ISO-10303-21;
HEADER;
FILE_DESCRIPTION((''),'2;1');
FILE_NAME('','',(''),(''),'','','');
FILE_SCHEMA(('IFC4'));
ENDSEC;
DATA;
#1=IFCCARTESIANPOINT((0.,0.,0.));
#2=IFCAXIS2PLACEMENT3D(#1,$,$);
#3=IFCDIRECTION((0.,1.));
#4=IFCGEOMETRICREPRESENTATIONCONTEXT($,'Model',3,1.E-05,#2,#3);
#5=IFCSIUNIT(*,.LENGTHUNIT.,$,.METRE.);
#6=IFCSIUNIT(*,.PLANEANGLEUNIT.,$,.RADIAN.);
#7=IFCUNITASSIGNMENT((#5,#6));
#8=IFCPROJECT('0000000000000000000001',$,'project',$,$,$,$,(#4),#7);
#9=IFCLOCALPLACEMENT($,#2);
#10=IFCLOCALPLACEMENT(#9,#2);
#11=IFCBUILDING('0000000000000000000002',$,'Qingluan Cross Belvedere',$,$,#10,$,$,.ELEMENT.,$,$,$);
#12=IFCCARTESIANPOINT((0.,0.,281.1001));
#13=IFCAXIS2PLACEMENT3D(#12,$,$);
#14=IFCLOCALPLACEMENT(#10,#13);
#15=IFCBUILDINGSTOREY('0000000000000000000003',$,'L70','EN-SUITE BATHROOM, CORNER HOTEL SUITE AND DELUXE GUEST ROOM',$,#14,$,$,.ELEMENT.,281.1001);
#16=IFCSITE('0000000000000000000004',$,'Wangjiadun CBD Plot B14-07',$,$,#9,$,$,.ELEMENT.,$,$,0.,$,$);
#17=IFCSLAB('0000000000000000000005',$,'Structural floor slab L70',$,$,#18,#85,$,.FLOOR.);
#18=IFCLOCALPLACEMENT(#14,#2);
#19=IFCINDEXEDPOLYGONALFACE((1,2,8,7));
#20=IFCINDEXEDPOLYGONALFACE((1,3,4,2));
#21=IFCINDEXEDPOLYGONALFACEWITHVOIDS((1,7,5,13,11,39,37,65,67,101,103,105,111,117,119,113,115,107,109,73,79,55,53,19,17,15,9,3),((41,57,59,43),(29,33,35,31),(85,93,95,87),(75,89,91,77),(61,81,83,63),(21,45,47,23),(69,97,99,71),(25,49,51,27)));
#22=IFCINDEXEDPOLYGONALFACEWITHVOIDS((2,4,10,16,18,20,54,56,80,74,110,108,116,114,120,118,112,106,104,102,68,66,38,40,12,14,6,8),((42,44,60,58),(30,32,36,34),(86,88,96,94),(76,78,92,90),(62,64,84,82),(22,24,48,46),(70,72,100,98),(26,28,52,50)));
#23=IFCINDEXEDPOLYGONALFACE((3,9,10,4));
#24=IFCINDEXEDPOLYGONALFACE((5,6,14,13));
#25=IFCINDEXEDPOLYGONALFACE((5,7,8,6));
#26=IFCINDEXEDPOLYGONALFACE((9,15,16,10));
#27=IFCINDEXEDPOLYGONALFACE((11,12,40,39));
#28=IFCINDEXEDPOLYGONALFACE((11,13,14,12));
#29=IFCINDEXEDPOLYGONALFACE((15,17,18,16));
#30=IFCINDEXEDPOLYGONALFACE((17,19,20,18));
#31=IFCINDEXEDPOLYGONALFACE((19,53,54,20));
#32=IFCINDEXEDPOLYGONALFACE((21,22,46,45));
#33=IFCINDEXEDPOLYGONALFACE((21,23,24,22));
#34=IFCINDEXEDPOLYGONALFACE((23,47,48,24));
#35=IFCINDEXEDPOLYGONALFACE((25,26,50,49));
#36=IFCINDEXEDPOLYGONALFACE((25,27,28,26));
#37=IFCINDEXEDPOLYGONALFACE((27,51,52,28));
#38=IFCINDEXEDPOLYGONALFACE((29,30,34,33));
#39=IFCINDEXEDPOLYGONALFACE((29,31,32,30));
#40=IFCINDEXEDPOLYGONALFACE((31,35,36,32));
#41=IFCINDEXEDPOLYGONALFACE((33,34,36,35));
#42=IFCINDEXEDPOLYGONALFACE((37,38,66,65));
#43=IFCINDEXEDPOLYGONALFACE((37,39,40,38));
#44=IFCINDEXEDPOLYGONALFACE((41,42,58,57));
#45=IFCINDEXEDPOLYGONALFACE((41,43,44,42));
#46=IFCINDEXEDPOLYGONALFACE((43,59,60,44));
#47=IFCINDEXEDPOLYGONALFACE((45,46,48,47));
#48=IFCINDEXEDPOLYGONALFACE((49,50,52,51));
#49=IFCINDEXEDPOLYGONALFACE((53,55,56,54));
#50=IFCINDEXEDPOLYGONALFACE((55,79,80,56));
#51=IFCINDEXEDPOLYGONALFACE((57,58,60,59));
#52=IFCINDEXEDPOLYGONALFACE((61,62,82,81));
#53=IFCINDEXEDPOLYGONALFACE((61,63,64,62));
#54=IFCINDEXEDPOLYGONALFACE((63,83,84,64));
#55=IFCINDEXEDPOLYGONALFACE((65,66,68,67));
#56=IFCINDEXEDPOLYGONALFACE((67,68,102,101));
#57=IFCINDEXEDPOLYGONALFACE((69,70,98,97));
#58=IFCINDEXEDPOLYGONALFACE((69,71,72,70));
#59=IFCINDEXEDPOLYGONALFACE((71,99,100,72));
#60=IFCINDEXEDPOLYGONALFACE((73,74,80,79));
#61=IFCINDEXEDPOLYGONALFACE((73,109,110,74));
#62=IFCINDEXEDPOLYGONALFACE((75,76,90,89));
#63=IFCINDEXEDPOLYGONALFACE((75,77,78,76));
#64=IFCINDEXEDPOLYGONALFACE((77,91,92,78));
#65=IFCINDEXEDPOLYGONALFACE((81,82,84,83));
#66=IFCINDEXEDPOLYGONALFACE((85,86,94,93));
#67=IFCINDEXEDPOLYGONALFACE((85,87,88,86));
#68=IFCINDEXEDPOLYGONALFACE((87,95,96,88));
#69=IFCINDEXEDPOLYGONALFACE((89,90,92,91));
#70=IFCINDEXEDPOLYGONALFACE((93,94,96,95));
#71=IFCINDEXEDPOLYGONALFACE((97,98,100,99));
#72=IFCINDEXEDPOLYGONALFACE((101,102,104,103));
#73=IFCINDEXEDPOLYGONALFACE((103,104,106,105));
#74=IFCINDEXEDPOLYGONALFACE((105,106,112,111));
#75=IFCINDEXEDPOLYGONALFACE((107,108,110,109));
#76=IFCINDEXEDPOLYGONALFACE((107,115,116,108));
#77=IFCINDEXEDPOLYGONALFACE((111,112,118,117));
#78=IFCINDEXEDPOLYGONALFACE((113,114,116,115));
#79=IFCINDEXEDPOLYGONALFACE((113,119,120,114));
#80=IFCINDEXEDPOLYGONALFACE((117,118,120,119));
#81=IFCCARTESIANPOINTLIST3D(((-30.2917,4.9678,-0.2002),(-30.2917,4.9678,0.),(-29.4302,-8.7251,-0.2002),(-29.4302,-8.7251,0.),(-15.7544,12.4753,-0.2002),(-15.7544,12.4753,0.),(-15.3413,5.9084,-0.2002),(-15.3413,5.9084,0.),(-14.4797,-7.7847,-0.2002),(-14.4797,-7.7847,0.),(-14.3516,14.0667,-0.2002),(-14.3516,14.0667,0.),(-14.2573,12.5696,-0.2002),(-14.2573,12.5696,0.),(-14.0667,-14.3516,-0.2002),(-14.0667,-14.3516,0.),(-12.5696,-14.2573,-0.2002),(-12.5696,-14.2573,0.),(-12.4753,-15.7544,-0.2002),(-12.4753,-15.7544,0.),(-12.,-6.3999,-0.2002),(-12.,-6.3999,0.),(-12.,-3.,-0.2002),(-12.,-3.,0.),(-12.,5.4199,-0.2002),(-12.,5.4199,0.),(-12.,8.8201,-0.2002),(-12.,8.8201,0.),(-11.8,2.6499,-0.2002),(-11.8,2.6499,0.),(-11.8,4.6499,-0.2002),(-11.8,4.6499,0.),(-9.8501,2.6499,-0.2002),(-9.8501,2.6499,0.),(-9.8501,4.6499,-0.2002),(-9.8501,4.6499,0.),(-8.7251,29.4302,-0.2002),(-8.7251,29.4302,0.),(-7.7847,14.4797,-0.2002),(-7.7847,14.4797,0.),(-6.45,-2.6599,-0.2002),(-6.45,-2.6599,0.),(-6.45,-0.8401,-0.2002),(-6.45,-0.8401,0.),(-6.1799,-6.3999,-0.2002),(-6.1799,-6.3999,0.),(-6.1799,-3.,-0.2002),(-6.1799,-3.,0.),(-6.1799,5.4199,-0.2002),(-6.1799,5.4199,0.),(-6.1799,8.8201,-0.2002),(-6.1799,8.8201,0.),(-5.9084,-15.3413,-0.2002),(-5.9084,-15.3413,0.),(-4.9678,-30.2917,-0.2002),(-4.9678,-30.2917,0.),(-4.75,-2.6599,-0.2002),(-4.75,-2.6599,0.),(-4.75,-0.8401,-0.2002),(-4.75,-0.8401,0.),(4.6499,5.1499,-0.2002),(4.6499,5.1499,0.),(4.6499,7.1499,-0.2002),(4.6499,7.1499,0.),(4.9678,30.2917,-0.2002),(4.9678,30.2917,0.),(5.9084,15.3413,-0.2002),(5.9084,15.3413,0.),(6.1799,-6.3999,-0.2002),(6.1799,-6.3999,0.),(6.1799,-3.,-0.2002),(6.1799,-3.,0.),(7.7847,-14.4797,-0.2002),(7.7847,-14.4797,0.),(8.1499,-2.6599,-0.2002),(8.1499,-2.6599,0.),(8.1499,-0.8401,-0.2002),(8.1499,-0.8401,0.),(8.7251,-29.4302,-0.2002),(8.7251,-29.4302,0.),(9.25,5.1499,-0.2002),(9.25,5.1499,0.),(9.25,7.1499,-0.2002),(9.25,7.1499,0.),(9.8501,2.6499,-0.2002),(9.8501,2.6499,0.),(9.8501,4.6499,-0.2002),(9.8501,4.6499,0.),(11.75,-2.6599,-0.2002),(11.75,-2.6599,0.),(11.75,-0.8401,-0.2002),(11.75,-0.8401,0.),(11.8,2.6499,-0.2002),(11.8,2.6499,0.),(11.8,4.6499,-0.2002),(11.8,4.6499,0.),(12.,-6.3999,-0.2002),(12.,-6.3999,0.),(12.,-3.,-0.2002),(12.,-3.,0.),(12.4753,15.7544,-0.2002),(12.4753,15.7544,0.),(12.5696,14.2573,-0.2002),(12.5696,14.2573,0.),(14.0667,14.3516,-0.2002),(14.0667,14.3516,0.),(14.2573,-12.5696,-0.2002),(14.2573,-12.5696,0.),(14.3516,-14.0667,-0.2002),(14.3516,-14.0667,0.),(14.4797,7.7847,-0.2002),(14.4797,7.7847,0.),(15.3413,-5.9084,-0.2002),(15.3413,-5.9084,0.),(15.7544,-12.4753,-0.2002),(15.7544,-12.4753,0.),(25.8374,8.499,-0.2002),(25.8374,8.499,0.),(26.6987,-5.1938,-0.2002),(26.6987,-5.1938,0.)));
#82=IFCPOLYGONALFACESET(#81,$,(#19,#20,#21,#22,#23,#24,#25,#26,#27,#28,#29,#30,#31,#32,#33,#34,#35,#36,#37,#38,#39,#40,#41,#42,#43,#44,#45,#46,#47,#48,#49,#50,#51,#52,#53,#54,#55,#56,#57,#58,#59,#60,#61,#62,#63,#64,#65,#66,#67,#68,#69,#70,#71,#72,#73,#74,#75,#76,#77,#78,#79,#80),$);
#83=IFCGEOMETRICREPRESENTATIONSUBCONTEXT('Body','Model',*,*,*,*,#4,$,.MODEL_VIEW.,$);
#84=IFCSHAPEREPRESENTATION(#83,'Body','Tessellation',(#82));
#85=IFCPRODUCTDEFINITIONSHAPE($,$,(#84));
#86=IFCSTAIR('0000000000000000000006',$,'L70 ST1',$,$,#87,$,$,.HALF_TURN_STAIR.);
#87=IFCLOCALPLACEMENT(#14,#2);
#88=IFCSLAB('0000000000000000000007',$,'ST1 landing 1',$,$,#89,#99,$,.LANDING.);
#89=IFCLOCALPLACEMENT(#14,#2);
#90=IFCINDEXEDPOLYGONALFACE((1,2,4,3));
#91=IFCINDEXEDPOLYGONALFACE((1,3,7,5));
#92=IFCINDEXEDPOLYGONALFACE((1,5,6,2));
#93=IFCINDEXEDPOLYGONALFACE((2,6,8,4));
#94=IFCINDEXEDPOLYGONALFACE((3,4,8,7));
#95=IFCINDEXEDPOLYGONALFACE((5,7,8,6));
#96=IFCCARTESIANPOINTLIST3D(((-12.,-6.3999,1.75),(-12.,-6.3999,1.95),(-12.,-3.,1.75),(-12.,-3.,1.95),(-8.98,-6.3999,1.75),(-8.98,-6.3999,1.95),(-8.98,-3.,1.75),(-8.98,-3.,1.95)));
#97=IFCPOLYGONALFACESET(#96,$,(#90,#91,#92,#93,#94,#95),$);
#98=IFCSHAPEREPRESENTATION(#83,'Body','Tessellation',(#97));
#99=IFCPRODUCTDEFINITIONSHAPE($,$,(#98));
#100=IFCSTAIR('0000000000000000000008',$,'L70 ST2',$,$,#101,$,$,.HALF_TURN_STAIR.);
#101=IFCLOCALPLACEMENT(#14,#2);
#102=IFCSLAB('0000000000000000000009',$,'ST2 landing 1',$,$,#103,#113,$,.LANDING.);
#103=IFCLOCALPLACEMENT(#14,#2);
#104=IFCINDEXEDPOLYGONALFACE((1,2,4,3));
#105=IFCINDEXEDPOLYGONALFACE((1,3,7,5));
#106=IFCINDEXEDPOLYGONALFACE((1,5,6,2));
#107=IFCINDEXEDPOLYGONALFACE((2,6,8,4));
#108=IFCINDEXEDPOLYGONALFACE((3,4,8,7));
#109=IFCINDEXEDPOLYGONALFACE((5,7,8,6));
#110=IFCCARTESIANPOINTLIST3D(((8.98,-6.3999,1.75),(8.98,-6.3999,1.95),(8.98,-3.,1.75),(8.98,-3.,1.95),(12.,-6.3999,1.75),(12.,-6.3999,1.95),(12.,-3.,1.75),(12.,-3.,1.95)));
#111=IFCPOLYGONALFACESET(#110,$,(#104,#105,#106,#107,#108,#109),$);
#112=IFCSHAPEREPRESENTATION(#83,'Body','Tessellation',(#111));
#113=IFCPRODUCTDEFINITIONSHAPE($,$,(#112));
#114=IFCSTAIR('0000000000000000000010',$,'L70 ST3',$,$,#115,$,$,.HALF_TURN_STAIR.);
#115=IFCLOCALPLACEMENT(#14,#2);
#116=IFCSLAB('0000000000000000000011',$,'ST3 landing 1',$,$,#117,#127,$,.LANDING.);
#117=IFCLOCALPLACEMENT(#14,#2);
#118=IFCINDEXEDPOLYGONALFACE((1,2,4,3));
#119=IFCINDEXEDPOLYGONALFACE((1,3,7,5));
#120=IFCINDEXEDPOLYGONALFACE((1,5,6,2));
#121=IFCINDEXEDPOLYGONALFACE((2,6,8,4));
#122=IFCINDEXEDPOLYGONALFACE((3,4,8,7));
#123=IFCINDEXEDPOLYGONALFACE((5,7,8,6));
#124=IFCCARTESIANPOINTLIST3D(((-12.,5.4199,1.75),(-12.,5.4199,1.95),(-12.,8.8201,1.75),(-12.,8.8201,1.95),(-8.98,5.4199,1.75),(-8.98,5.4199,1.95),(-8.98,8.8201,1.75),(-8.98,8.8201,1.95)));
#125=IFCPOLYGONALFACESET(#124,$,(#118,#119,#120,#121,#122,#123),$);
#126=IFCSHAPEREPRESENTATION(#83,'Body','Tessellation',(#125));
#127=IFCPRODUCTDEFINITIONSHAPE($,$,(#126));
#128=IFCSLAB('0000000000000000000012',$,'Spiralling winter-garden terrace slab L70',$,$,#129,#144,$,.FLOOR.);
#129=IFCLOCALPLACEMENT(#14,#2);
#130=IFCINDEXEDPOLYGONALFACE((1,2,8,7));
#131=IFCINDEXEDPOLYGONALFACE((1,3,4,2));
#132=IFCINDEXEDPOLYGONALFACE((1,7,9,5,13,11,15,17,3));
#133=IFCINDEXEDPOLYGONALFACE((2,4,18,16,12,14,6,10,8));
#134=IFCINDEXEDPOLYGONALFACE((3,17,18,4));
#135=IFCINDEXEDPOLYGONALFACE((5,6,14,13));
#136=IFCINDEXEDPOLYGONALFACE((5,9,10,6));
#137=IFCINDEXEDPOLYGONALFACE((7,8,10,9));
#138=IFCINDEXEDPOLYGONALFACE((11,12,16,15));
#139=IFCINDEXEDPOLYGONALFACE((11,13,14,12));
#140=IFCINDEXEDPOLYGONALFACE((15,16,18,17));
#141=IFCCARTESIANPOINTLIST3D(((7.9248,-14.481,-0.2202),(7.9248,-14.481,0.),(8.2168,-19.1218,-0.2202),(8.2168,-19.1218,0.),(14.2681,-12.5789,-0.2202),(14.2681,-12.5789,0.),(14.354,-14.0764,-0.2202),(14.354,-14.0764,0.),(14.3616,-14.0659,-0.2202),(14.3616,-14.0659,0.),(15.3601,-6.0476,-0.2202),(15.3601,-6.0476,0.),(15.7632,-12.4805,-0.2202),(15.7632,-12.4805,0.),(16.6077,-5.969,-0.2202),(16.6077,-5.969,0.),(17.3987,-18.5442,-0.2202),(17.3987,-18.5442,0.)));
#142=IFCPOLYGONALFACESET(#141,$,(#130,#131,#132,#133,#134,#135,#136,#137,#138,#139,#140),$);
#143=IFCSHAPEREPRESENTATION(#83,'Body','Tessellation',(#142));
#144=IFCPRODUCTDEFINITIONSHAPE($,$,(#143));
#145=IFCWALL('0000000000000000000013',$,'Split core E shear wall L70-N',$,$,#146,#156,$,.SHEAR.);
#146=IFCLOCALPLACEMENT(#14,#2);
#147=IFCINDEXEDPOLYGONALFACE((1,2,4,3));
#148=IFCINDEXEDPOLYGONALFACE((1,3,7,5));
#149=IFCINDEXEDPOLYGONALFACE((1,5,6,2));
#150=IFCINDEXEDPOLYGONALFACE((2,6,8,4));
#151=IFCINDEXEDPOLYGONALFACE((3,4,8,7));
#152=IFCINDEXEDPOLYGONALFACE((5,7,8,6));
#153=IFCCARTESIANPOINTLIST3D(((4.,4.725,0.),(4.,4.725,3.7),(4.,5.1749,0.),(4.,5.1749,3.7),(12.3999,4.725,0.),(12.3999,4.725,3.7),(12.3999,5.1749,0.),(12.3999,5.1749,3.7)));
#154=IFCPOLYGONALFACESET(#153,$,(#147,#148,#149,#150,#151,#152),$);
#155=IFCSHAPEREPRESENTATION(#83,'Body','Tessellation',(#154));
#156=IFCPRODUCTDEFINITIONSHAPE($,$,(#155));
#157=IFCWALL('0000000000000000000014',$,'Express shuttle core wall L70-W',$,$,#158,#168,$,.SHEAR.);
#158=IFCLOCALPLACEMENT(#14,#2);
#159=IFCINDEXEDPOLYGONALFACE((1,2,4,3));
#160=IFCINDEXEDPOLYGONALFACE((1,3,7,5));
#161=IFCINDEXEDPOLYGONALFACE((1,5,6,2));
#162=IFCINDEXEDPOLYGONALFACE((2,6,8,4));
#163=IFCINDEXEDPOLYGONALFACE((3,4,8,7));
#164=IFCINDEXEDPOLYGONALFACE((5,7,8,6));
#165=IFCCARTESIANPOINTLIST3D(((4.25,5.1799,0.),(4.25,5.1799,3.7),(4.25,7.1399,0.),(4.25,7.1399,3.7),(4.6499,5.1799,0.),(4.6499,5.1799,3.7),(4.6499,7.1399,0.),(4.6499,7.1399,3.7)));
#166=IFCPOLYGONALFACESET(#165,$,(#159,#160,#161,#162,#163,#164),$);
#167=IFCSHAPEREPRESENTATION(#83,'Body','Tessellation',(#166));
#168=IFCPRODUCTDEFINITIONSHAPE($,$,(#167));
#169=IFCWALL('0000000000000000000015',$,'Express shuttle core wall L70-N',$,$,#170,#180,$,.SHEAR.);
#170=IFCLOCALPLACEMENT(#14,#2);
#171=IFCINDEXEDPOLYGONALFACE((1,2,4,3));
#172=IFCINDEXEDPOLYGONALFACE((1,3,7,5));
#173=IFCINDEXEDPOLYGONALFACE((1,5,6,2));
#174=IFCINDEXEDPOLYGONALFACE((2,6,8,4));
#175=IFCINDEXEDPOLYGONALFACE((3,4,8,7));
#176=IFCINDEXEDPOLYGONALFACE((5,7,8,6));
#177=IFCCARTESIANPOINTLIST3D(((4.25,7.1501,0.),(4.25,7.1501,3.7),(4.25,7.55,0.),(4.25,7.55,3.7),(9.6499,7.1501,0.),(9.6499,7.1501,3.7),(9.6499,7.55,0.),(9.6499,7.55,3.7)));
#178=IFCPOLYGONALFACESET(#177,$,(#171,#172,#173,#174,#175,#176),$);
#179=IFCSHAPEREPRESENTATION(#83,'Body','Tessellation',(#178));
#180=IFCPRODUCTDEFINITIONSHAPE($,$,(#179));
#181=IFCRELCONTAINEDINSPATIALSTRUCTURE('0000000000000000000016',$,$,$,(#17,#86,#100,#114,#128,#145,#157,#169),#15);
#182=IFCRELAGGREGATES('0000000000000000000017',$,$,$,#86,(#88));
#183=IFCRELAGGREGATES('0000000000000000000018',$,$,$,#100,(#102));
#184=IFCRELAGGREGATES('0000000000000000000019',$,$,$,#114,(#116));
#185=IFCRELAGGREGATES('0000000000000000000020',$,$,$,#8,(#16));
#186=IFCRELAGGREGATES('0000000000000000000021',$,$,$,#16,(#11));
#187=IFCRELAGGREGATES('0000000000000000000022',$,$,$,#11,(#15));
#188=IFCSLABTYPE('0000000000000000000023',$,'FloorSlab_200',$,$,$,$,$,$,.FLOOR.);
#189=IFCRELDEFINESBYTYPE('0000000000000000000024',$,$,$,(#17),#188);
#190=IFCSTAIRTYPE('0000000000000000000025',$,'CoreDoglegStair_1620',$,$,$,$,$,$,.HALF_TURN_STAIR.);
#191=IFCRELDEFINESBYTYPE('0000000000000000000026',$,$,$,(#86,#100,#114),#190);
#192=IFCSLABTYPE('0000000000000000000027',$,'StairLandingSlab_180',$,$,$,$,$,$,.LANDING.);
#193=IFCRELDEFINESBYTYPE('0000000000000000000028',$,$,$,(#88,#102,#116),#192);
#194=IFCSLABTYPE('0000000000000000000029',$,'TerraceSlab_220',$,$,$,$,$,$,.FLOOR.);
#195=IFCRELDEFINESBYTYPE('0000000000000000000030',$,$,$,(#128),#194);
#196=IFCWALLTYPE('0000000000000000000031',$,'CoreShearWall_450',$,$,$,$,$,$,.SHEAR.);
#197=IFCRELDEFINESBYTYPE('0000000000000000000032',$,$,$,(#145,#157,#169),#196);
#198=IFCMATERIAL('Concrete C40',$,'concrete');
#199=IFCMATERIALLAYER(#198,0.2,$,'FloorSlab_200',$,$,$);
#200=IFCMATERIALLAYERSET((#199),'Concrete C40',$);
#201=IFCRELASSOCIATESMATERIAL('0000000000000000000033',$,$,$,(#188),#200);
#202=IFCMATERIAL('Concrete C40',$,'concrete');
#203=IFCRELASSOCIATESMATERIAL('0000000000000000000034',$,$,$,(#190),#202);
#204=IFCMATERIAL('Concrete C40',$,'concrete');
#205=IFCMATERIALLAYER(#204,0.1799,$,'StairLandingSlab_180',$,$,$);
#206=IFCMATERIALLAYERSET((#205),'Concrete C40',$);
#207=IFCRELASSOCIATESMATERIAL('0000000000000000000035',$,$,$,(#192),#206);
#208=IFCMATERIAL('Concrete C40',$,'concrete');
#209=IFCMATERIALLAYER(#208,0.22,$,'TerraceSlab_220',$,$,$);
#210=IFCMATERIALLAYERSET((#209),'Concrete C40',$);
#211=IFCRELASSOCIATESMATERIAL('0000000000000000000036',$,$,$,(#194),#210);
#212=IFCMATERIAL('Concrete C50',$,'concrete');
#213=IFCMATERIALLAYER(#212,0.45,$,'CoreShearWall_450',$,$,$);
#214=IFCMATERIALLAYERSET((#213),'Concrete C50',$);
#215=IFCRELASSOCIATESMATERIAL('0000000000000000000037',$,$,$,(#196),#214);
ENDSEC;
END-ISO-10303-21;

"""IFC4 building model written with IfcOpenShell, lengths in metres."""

from ifc_helpers import new_model, si_unit, direction, frame, frame_2d, origin, place, context, subcontext, project, spatial, polyline, rectangle, outline, extrude, material, layer, layer_set, type_object, element, aggregate, save


model = new_model("IFC4")

# Units and contexts
model_context = context("Model", 3, precision=1e-05, world=origin(), true_north=direction((0.0, 1.0)))
body_context = subcontext(model_context, "Body", "Model", "MODEL_VIEW")
ifc_project = project(units=[si_unit("LENGTHUNIT", "METRE"), si_unit("PLANEANGLEUNIT", "RADIAN")], contexts=[model_context])

# Site, building, storey
site_placement = place(None, origin())
site = spatial("IfcSite", under=ifc_project, at=site_placement, Name="Wangjiadun CBD Plot B14-07", CompositionType="ELEMENT", RefElevation=0.0)
building_placement = place(site_placement, origin())
building = spatial("IfcBuilding", under=site, at=building_placement, Name="Qingluan Cross Belvedere", CompositionType="ELEMENT")
storey_placement = place(building_placement, frame((0.0, 0.0, 281.1001)))
storey = spatial("IfcBuildingStorey", under=building, at=storey_placement, Name="L70", Description="EN-SUITE BATHROOM, CORNER HOTEL SUITE AND DELUXE GUEST ROOM", CompositionType="ELEMENT", Elevation=281.1001)

# Slab
ifc_material_1 = material(Name="Concrete C40", Category="concrete")
ifc_layer_1 = layer(ifc_material_1, 0.2, Name="FloorSlab_200")
ifc_layer_set_1 = layer_set([ifc_layer_1], Name="Concrete C40")
slab_type_1 = type_object("IfcSlabType", Name="FloorSlab_200", PredefinedType="FLOOR", material=ifc_layer_set_1)
slab_1_placement = place(storey_placement, frame((0.0, 0.0, -0.2002)))
element("IfcSlab", 1, at=slab_1_placement, inside=storey, type_object=slab_type_1, Name="Structural floor slab L70", PredefinedType="FLOOR", context=body_context, shape_type="SweptSolid", body=[
    extrude(outline(polyline([(8.7251, -29.4302), (7.7847, -14.4797), (14.3516, -14.0667), (14.2573, -12.5696), (15.7544, -12.4753), (15.3413, -5.9084), (26.6987, -5.1938), (25.8374, 8.499), (14.4797, 7.7847), (14.0667, 14.3516), (12.5696, 14.2573), (12.4753, 15.7544), (5.9084, 15.3413), (4.9678, 30.2917), (-8.7251, 29.4302), (-7.7847, 14.4797), (-14.3516, 14.0667), (-14.2573, 12.5696), (-15.7544, 12.4753), (-15.3413, 5.9084), (-30.2917, 4.9678), (-29.4302, -8.7251), (-14.4797, -7.7847), (-14.0667, -14.3516), (-12.5696, -14.2573), (-12.4753, -15.7544), (-5.9084, -15.3413), (-4.9678, -30.2917), (8.7251, -29.4302)]), holes=[polyline([(-12.0, -3.0), (-6.1799, -3.0), (-6.1799, -6.3999), (-12.0, -6.3999), (-12.0, -3.0)]), polyline([(6.1799, -3.0), (12.0, -3.0), (12.0, -6.3999), (6.1799, -6.3999), (6.1799, -3.0)]), polyline([(-12.0, 8.8201), (-6.1799, 8.8201), (-6.1799, 5.4199), (-12.0, 5.4199), (-12.0, 8.8201)]), polyline([(-11.8, 4.6499), (-9.8501, 4.6499), (-9.8501, 2.6499), (-11.8, 2.6499), (-11.8, 4.6499)]), polyline([(9.8501, 4.6499), (11.8, 4.6499), (11.8, 2.6499), (9.8501, 2.6499), (9.8501, 4.6499)]), polyline([(-6.45, -0.8401), (-4.75, -0.8401), (-4.75, -2.6599), (-6.45, -2.6599), (-6.45, -0.8401)]), polyline([(8.1499, -0.8401), (11.75, -0.8401), (11.75, -2.6599), (8.1499, -2.6599), (8.1499, -0.8401)]), polyline([(4.6499, 7.1499), (9.25, 7.1499), (9.25, 5.1499), (4.6499, 5.1499), (4.6499, 7.1499)])]), origin(), (0.0, 0.0, 1.0), 0.2002),
])

# Stairs, slabs
ifc_material_2 = material(Name="Concrete C40", Category="concrete")
stair_type = type_object("IfcStairType", Name="CoreDoglegStair_1620", PredefinedType="HALF_TURN_STAIR", material=ifc_material_2)
stair_1_placement = place(storey_placement, origin())
stair_1 = element("IfcStair", 2, at=stair_1_placement, inside=storey, type_object=stair_type, Name="L70 ST1", PredefinedType="HALF_TURN_STAIR")
ifc_material_3 = material(Name="Concrete C40", Category="concrete")
ifc_layer_2 = layer(ifc_material_3, 0.1799, Name="StairLandingSlab_180")
ifc_layer_set_2 = layer_set([ifc_layer_2], Name="Concrete C40")
slab_type_2 = type_object("IfcSlabType", Name="StairLandingSlab_180", PredefinedType="LANDING", material=ifc_layer_set_2)
slab_2_placement = place(storey_placement, frame((0.0, 0.0, 1.75)))
slab_2 = element("IfcSlab", 3, at=slab_2_placement, type_object=slab_type_2, Name="ST1 landing 1", PredefinedType="LANDING", context=body_context, shape_type="SweptSolid", body=[
    extrude(outline(polyline([(-8.98, -3.0), (-12.0, -3.0), (-12.0, -6.3999), (-8.98, -6.3999), (-8.98, -3.0)])), origin(), (0.0, 0.0, 1.0), 0.2),
])
aggregate(stair_1, [slab_2])
stair_2_placement = place(storey_placement, origin())
stair_2 = element("IfcStair", 4, at=stair_2_placement, inside=storey, type_object=stair_type, Name="L70 ST2", PredefinedType="HALF_TURN_STAIR")
slab_3_placement = place(storey_placement, frame((0.0, 0.0, 1.75)))
slab_3 = element("IfcSlab", 5, at=slab_3_placement, type_object=slab_type_2, Name="ST2 landing 1", PredefinedType="LANDING", context=body_context, shape_type="SweptSolid", body=[
    extrude(outline(polyline([(8.98, -6.3999), (12.0, -6.3999), (12.0, -3.0), (8.98, -3.0), (8.98, -6.3999)])), origin(), (0.0, 0.0, 1.0), 0.2),
])
aggregate(stair_2, [slab_3])
stair_3_placement = place(storey_placement, origin())
stair_3 = element("IfcStair", 6, at=stair_3_placement, inside=storey, type_object=stair_type, Name="L70 ST3", PredefinedType="HALF_TURN_STAIR")
slab_4_placement = place(storey_placement, frame((0.0, 0.0, 1.75)))
slab_4 = element("IfcSlab", 7, at=slab_4_placement, type_object=slab_type_2, Name="ST3 landing 1", PredefinedType="LANDING", context=body_context, shape_type="SweptSolid", body=[
    extrude(outline(polyline([(-8.98, 8.8201), (-12.0, 8.8201), (-12.0, 5.4199), (-8.98, 5.4199), (-8.98, 8.8201)])), origin(), (0.0, 0.0, 1.0), 0.2),
])
aggregate(stair_3, [slab_4])

# Slab
ifc_material_4 = material(Name="Concrete C40", Category="concrete")
ifc_layer_3 = layer(ifc_material_4, 0.22, Name="TerraceSlab_220")
ifc_layer_set_3 = layer_set([ifc_layer_3], Name="Concrete C40")
slab_type_3 = type_object("IfcSlabType", Name="TerraceSlab_220", PredefinedType="FLOOR", material=ifc_layer_set_3)
slab_5_placement = place(storey_placement, frame((0.0, 0.0, -0.2202)))
element("IfcSlab", 8, at=slab_5_placement, inside=storey, type_object=slab_type_3, Name="Spiralling winter-garden terrace slab L70", PredefinedType="FLOOR", context=body_context, shape_type="SweptSolid", body=[
    extrude(outline(polyline([(15.3601, -6.0476), (15.7632, -12.4805), (14.2681, -12.5789), (14.3616, -14.0659), (14.354, -14.0764), (7.9248, -14.481), (8.2168, -19.1218), (17.3987, -18.5442), (16.6077, -5.969), (15.3601, -6.0476)])), origin(), (0.0, 0.0, 1.0), 0.2202),
])

# Walls
ifc_material_5 = material(Name="Concrete C50", Category="concrete")
ifc_layer_4 = layer(ifc_material_5, 0.45, Name="CoreShearWall_450")
ifc_layer_set_4 = layer_set([ifc_layer_4], Name="Concrete C50")
wall_type_1 = type_object("IfcWallType", Name="CoreShearWall_450", PredefinedType="SHEAR", material=ifc_layer_set_4)
wall_1_placement = place(storey_placement, frame((4.0, 4.95, 0.0), z_axis=(0.0, 0.0, 1.0), x_axis=(1.0, 0.0, 0.0)))
element("IfcWall", 9, at=wall_1_placement, inside=storey, type_object=wall_type_1, Name="Split core E shear wall L70-N", PredefinedType="SHEAR", context=body_context, shape_type="SweptSolid", body=[
    extrude(rectangle(XDim=8.3999, YDim=0.45, at=frame_2d((4.2, 0.0))), origin(), (0.0, 0.0, 1.0), 3.7),
])
wall_2_placement = place(storey_placement, frame((4.45, 5.1799, 0.0), z_axis=(0.0, 0.0, 1.0), x_axis=(0.0, 1.0, 0.0)))
element("IfcWall", 10, at=wall_2_placement, inside=storey, type_object=wall_type_1, Name="Express shuttle core wall L70-W", PredefinedType="SHEAR", context=body_context, shape_type="SweptSolid", body=[
    extrude(rectangle(XDim=1.96, YDim=0.3999, at=frame_2d((0.98, 0.0))), origin(), (0.0, 0.0, 1.0), 3.7),
])
wall_3_placement = place(storey_placement, frame((4.25, 7.3501, 0.0), z_axis=(0.0, 0.0, 1.0), x_axis=(1.0, 0.0, 0.0)))
element("IfcWall", 11, at=wall_3_placement, inside=storey, type_object=wall_type_1, Name="Express shuttle core wall L70-N", PredefinedType="SHEAR", context=body_context, shape_type="SweptSolid", body=[
    extrude(rectangle(XDim=5.3999, YDim=0.3999, at=frame_2d((2.7, 0.0))), origin(), (0.0, 0.0, 1.0), 3.7),
])

save(model, "model.ifc")
